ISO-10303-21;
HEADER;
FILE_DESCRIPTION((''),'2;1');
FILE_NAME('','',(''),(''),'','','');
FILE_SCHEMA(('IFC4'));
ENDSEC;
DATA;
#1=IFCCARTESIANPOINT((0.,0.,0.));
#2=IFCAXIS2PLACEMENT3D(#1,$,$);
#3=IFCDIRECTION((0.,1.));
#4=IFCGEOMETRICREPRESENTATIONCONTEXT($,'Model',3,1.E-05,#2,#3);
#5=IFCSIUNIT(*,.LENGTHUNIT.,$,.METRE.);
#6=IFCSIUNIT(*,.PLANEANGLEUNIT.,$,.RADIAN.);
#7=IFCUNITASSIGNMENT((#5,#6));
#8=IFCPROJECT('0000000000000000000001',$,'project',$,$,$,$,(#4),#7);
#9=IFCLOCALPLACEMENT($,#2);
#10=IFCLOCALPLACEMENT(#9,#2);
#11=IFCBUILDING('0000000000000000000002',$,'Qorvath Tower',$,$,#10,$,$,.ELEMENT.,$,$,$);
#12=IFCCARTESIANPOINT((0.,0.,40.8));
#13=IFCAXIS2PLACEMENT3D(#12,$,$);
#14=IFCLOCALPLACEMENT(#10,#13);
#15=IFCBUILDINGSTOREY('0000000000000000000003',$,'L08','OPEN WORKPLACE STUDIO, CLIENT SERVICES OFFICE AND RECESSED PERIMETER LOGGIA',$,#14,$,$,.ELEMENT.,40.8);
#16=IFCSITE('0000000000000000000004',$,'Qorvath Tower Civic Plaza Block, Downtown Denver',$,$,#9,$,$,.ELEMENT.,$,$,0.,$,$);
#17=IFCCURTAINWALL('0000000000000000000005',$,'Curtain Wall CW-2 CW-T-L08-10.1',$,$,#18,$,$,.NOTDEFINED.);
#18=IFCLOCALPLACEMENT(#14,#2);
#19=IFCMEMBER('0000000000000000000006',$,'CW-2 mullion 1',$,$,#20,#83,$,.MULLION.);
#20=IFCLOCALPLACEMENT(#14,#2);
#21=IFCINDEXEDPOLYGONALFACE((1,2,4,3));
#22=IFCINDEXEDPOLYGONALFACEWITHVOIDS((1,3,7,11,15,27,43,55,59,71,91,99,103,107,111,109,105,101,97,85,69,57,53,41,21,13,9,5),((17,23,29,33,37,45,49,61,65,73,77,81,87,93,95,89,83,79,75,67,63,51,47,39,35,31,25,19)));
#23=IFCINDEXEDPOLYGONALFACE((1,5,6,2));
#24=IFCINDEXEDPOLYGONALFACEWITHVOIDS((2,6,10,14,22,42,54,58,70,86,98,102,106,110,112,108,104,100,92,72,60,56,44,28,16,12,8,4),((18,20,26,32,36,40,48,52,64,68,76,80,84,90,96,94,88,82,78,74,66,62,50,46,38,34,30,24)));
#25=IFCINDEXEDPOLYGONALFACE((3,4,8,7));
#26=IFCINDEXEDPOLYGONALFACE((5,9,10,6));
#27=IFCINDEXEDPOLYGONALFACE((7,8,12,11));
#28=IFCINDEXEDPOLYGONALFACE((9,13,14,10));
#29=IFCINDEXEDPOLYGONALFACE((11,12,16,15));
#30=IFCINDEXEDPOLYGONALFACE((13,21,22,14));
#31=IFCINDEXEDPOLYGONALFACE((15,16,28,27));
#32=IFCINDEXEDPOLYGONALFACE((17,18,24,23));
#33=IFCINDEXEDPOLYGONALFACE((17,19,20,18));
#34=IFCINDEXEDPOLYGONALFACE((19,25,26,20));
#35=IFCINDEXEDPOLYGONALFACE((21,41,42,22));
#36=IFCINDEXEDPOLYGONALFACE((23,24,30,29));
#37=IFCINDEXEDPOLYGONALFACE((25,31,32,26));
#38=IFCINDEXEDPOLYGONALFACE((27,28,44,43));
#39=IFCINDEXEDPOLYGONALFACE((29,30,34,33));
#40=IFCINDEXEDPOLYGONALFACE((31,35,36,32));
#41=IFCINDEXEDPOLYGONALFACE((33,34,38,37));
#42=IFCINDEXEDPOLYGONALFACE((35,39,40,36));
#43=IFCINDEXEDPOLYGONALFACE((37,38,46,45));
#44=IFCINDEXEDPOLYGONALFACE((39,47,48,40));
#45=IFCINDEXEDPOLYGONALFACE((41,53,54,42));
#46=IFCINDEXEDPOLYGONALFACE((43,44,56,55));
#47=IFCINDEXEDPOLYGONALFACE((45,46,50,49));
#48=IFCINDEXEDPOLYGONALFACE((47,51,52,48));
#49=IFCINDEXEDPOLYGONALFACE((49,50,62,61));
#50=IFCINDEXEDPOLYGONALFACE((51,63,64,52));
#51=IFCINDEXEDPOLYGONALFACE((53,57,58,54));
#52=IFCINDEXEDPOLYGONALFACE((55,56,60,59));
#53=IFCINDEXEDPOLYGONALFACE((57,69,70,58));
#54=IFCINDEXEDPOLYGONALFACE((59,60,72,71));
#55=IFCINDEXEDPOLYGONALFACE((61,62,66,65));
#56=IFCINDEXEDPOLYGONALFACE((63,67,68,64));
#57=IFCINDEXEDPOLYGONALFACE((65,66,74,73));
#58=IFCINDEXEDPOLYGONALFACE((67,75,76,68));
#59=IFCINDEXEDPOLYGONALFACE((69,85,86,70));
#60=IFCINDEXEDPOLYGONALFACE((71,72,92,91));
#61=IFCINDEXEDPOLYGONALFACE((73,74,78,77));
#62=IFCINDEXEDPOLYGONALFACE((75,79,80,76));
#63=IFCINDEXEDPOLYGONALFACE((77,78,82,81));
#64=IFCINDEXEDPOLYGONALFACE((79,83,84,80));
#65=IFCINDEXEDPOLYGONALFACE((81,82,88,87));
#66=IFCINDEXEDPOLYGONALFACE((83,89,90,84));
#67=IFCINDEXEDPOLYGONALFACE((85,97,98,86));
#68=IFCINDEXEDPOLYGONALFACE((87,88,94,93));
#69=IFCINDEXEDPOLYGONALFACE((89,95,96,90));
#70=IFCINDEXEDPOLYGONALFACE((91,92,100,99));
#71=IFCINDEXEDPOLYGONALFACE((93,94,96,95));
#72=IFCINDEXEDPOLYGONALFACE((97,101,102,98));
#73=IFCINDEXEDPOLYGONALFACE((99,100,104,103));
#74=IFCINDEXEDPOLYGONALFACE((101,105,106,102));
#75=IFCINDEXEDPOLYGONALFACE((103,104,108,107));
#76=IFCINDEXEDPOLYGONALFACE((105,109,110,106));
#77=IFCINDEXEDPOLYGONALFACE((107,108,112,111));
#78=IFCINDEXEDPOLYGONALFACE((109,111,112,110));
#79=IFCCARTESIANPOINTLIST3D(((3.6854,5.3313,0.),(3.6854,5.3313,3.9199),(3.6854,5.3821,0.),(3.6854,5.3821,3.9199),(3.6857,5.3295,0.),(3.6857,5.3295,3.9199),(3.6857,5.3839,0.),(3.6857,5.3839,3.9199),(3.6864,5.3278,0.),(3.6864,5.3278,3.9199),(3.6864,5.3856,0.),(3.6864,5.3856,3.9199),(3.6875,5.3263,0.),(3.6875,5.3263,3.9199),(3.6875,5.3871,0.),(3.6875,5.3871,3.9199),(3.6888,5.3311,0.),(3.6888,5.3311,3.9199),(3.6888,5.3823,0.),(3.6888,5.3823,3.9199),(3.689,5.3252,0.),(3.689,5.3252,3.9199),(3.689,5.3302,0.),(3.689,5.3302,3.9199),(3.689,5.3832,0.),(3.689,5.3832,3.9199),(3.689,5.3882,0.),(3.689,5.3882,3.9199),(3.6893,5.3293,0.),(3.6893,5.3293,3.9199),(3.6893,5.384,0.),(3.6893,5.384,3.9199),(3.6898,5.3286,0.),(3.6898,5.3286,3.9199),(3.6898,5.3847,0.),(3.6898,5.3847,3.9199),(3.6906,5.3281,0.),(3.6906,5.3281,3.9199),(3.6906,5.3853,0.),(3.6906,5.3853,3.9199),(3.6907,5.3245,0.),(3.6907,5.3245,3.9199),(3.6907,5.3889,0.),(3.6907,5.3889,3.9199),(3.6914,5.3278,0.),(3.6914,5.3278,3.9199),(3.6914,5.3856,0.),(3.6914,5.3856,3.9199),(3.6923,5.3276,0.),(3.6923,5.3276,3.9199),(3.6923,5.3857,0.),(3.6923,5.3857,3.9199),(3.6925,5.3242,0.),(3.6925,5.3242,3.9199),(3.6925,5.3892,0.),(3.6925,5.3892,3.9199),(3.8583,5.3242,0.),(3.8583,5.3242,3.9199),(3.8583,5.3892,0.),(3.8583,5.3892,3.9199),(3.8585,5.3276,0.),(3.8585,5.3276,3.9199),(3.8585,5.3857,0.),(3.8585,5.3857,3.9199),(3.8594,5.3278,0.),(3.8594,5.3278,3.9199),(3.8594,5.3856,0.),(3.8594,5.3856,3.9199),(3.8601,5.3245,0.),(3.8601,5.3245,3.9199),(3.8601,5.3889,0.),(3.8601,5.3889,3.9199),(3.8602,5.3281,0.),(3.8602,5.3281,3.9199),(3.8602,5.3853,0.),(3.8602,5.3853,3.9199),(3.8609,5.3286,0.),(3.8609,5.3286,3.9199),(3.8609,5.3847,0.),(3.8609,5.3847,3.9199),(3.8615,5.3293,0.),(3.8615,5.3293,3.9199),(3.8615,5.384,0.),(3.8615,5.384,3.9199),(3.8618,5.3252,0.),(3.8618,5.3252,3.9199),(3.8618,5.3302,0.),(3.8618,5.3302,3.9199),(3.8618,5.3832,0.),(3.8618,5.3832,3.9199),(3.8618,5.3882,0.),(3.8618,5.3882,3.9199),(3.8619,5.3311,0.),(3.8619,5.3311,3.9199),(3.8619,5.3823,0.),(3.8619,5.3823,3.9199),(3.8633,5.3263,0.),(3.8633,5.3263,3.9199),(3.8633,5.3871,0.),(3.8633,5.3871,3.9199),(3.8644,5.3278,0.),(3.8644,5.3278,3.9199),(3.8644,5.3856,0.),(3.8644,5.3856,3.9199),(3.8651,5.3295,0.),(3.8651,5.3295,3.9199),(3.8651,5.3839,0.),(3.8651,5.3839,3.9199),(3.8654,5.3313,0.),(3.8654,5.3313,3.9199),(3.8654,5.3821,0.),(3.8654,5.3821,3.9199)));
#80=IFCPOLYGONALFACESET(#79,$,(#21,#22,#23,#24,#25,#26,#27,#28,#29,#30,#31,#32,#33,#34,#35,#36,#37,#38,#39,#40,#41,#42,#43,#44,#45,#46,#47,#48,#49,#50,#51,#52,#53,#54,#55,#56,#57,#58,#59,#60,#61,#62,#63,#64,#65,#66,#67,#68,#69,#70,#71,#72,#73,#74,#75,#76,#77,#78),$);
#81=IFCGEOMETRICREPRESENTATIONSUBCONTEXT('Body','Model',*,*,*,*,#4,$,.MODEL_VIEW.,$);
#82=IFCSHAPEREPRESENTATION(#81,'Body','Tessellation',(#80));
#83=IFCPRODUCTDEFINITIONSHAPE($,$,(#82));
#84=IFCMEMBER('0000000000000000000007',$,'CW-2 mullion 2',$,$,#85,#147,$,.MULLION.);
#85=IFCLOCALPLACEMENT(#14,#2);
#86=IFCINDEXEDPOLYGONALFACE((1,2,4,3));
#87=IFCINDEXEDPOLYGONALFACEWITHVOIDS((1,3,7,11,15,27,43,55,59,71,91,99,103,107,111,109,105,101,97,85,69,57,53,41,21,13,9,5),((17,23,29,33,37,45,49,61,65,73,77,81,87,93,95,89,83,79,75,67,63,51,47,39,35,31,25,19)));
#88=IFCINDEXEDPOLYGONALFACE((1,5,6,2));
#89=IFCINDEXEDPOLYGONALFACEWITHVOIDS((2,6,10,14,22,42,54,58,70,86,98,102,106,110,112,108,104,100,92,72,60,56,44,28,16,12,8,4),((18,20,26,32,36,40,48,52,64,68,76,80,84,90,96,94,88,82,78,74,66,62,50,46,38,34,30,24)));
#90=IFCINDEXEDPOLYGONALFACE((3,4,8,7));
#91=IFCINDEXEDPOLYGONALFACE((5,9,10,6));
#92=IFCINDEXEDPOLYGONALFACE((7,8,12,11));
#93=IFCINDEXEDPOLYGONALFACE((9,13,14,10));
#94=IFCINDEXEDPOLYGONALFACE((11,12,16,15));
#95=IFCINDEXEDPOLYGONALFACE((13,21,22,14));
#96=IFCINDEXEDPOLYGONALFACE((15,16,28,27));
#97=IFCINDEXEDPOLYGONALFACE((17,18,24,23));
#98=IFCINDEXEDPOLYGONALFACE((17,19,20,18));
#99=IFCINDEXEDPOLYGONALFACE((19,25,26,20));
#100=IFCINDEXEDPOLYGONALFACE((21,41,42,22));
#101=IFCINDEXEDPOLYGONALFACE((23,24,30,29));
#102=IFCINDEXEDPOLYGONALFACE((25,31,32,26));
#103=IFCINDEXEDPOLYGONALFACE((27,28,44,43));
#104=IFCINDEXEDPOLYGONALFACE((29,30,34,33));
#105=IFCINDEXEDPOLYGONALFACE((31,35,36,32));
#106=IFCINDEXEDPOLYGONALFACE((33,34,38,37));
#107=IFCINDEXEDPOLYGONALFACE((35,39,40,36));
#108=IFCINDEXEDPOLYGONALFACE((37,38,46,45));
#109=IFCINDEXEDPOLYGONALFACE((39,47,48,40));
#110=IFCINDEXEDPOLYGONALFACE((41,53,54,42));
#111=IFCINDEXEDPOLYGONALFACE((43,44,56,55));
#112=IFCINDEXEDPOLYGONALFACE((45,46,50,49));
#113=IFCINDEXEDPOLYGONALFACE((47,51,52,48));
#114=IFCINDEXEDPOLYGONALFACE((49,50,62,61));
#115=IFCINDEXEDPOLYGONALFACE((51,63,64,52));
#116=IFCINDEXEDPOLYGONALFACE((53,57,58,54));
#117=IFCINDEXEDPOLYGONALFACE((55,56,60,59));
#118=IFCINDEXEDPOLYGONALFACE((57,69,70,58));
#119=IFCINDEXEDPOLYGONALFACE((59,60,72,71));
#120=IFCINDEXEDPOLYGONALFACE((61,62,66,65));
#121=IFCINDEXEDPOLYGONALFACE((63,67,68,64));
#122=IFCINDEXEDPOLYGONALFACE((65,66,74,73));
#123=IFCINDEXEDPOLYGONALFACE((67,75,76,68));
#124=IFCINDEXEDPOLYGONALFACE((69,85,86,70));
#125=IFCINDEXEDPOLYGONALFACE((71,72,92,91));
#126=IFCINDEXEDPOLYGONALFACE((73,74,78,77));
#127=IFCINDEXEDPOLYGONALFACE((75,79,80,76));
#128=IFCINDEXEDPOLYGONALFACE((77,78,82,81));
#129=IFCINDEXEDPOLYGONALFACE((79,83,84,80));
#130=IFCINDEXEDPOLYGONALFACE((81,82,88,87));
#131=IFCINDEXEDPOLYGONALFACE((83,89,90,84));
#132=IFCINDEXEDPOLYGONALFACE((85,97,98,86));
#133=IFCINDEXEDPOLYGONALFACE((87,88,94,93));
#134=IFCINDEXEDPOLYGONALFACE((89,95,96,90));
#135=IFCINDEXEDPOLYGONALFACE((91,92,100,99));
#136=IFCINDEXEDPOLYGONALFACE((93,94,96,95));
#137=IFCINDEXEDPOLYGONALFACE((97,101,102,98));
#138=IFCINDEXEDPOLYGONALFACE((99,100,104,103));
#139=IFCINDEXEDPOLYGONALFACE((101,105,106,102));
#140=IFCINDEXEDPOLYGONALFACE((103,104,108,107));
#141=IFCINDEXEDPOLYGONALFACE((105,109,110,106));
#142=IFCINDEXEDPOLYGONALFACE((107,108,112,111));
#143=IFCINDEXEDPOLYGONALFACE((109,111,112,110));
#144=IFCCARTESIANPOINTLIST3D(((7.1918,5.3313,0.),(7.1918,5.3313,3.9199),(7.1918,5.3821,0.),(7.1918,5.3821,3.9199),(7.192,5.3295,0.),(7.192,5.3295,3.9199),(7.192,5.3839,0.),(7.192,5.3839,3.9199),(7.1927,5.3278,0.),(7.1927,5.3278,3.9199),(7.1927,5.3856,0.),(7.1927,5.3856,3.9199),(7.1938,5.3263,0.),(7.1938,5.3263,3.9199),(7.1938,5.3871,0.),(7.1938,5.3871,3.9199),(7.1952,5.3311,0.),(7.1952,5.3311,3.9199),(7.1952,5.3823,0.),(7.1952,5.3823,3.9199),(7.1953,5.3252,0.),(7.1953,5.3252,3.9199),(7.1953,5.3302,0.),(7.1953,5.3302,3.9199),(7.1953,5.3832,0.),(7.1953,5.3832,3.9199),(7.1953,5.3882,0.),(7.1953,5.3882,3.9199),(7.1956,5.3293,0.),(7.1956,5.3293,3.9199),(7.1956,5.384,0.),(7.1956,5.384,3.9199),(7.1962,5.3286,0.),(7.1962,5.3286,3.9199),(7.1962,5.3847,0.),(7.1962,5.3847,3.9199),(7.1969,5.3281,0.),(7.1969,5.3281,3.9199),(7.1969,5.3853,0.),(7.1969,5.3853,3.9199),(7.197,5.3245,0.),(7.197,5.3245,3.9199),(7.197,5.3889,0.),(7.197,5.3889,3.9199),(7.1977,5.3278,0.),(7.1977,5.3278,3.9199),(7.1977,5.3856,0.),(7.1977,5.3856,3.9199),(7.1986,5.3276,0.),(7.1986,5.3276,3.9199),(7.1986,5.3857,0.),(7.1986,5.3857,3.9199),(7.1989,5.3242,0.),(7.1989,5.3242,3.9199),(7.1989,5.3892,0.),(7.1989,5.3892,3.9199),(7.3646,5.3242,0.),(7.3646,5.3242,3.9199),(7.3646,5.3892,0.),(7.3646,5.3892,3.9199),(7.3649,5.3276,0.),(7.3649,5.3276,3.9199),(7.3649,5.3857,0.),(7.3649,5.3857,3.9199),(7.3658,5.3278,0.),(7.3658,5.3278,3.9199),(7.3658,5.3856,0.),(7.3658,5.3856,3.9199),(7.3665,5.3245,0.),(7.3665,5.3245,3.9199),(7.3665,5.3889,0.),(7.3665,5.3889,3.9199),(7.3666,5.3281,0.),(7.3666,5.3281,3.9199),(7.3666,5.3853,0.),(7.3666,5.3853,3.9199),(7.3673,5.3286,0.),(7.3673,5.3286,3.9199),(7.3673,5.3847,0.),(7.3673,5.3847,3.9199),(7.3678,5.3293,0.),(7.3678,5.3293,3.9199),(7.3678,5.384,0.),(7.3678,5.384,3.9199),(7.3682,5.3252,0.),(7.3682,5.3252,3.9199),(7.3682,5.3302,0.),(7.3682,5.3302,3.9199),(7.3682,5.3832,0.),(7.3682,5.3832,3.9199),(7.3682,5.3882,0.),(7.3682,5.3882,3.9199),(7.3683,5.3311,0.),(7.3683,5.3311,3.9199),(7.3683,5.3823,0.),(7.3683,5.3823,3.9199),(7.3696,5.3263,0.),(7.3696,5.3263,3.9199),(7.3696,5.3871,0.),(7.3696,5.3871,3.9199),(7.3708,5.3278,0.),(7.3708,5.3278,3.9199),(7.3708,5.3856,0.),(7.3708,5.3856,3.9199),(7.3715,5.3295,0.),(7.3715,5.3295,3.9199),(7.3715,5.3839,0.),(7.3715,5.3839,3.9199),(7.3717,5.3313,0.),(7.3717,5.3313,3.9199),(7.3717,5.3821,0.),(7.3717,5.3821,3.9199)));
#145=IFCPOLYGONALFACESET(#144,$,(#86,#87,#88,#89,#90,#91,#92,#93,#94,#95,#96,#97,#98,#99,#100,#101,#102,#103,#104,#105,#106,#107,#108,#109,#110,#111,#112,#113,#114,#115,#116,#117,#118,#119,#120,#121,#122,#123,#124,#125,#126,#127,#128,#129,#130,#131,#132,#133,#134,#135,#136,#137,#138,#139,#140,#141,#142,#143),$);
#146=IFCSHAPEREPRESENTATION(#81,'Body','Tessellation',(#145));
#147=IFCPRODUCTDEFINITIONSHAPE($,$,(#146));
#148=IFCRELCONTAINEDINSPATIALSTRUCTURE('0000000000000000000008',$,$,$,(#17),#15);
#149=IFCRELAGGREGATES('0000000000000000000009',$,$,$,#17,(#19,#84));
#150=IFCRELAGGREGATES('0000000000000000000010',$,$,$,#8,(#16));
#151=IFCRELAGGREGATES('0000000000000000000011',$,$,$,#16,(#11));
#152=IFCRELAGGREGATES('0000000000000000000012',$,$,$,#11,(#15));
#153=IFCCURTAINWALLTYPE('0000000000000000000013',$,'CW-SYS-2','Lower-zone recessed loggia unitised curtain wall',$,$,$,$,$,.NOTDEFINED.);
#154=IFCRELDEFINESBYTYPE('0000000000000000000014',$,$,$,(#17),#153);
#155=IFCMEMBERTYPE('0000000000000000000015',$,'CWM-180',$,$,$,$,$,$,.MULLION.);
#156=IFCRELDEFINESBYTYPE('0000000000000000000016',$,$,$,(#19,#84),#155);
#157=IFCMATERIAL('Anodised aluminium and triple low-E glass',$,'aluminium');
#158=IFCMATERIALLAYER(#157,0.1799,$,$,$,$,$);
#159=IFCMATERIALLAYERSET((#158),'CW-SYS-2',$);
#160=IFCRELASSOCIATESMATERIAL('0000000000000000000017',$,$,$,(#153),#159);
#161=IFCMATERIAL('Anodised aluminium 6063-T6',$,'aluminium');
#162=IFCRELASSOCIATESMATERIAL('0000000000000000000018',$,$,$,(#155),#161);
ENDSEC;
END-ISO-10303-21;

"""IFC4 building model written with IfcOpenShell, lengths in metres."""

from ifc_helpers import new_model, si_unit, direction, frame, origin, origin_2d, place, context, subcontext, project, spatial, hollow_rectangle, extrude, material, layer, layer_set, material_profile, profile_set, type_object, element, aggregate, save


model = new_model("IFC4")

# Units and contexts
model_context = context("Model", 3, precision=1e-05, world=origin(), true_north=direction((0.0, 1.0)))
body_context = subcontext(model_context, "Body", "Model", "MODEL_VIEW")
ifc_project = project(units=[si_unit("LENGTHUNIT", "METRE"), si_unit("PLANEANGLEUNIT", "RADIAN")], contexts=[model_context])

# Site, building, storey
site_placement = place(None, origin())
site = spatial("IfcSite", under=ifc_project, at=site_placement, Name="Qorvath Tower Civic Plaza Block, Downtown Denver", CompositionType="ELEMENT", RefElevation=0.0)
building_placement = place(site_placement, origin())
building = spatial("IfcBuilding", under=site, at=building_placement, Name="Qorvath Tower", CompositionType="ELEMENT")
storey_placement = place(building_placement, frame((0.0, 0.0, 40.8)))
storey = spatial("IfcBuildingStorey", under=building, at=storey_placement, Name="L08", Description="OPEN WORKPLACE STUDIO, CLIENT SERVICES OFFICE AND RECESSED PERIMETER LOGGIA", CompositionType="ELEMENT", Elevation=40.8)

# Curtain wall, members
ifc_material_1 = material(Name="Anodised aluminium and triple low-E glass", Category="aluminium")
ifc_layer_1 = layer(ifc_material_1, 0.1799)
ifc_layer_set_1 = layer_set([ifc_layer_1], Name="CW-SYS-2")
curtain_wall_type = type_object("IfcCurtainWallType", Name="CW-SYS-2", Description="Lower-zone recessed loggia unitised curtain wall", PredefinedType="NOTDEFINED", material=ifc_layer_set_1)
ifc_material_2 = material(Name="Anodised aluminium 6063-T6", Category="aluminium")
ifc_material_profile_1 = material_profile(ifc_material_2, hollow_rectangle(XDim=0.0649, YDim=0.1799, WallThickness=0.0034, InnerFilletRadius=0.0034, OuterFilletRadius=0.0071, at=origin_2d()), Name="CWM 180x65")
ifc_profile_set_1 = profile_set([ifc_material_profile_1], Name="Anodised aluminium 6063-T6")
member_type_1 = type_object("IfcMemberType", Name="CWM-180", PredefinedType="MULLION", material=ifc_profile_set_1)
curtain_wall_1_placement = place(storey_placement, origin())
curtain_wall_1 = element("IfcCurtainWall", 1, at=curtain_wall_1_placement, inside=storey, type_object=curtain_wall_type, Name="Curtain Wall CW-2 CW-T-L08-10.1", PredefinedType="NOTDEFINED")
member_1_placement = place(storey_placement, frame((3.7754, 5.3567, 0.0), z_axis=(0.0, 0.0, 1.0), x_axis=(0.0, 1.0, 0.0)))
member_1 = element("IfcMember", 2, at=member_1_placement, type_object=member_type_1, Name="CW-2 mullion 1", PredefinedType="MULLION", context=body_context, shape_type="SweptSolid", body=[
    extrude(hollow_rectangle(XDim=0.0649, YDim=0.1799, WallThickness=0.0034, InnerFilletRadius=0.0034, OuterFilletRadius=0.0071, at=origin_2d()), origin(), (0.0, 0.0, 1.0), 3.9199),
])
member_2_placement = place(storey_placement, frame((7.2817, 5.3567, 0.0), z_axis=(0.0, 0.0, 1.0), x_axis=(0.0, 1.0, 0.0)))
member_2 = element("IfcMember", 3, at=member_2_placement, type_object=member_type_1, Name="CW-2 mullion 2", PredefinedType="MULLION", context=body_context, shape_type="SweptSolid", body=[
    extrude(hollow_rectangle(XDim=0.0649, YDim=0.1799, WallThickness=0.0034, InnerFilletRadius=0.0034, OuterFilletRadius=0.0071, at=origin_2d()), origin(), (0.0, 0.0, 1.0), 3.9199),
])

aggregate(curtain_wall_1, [member_1, member_2])

save(model, "model.ifc")
